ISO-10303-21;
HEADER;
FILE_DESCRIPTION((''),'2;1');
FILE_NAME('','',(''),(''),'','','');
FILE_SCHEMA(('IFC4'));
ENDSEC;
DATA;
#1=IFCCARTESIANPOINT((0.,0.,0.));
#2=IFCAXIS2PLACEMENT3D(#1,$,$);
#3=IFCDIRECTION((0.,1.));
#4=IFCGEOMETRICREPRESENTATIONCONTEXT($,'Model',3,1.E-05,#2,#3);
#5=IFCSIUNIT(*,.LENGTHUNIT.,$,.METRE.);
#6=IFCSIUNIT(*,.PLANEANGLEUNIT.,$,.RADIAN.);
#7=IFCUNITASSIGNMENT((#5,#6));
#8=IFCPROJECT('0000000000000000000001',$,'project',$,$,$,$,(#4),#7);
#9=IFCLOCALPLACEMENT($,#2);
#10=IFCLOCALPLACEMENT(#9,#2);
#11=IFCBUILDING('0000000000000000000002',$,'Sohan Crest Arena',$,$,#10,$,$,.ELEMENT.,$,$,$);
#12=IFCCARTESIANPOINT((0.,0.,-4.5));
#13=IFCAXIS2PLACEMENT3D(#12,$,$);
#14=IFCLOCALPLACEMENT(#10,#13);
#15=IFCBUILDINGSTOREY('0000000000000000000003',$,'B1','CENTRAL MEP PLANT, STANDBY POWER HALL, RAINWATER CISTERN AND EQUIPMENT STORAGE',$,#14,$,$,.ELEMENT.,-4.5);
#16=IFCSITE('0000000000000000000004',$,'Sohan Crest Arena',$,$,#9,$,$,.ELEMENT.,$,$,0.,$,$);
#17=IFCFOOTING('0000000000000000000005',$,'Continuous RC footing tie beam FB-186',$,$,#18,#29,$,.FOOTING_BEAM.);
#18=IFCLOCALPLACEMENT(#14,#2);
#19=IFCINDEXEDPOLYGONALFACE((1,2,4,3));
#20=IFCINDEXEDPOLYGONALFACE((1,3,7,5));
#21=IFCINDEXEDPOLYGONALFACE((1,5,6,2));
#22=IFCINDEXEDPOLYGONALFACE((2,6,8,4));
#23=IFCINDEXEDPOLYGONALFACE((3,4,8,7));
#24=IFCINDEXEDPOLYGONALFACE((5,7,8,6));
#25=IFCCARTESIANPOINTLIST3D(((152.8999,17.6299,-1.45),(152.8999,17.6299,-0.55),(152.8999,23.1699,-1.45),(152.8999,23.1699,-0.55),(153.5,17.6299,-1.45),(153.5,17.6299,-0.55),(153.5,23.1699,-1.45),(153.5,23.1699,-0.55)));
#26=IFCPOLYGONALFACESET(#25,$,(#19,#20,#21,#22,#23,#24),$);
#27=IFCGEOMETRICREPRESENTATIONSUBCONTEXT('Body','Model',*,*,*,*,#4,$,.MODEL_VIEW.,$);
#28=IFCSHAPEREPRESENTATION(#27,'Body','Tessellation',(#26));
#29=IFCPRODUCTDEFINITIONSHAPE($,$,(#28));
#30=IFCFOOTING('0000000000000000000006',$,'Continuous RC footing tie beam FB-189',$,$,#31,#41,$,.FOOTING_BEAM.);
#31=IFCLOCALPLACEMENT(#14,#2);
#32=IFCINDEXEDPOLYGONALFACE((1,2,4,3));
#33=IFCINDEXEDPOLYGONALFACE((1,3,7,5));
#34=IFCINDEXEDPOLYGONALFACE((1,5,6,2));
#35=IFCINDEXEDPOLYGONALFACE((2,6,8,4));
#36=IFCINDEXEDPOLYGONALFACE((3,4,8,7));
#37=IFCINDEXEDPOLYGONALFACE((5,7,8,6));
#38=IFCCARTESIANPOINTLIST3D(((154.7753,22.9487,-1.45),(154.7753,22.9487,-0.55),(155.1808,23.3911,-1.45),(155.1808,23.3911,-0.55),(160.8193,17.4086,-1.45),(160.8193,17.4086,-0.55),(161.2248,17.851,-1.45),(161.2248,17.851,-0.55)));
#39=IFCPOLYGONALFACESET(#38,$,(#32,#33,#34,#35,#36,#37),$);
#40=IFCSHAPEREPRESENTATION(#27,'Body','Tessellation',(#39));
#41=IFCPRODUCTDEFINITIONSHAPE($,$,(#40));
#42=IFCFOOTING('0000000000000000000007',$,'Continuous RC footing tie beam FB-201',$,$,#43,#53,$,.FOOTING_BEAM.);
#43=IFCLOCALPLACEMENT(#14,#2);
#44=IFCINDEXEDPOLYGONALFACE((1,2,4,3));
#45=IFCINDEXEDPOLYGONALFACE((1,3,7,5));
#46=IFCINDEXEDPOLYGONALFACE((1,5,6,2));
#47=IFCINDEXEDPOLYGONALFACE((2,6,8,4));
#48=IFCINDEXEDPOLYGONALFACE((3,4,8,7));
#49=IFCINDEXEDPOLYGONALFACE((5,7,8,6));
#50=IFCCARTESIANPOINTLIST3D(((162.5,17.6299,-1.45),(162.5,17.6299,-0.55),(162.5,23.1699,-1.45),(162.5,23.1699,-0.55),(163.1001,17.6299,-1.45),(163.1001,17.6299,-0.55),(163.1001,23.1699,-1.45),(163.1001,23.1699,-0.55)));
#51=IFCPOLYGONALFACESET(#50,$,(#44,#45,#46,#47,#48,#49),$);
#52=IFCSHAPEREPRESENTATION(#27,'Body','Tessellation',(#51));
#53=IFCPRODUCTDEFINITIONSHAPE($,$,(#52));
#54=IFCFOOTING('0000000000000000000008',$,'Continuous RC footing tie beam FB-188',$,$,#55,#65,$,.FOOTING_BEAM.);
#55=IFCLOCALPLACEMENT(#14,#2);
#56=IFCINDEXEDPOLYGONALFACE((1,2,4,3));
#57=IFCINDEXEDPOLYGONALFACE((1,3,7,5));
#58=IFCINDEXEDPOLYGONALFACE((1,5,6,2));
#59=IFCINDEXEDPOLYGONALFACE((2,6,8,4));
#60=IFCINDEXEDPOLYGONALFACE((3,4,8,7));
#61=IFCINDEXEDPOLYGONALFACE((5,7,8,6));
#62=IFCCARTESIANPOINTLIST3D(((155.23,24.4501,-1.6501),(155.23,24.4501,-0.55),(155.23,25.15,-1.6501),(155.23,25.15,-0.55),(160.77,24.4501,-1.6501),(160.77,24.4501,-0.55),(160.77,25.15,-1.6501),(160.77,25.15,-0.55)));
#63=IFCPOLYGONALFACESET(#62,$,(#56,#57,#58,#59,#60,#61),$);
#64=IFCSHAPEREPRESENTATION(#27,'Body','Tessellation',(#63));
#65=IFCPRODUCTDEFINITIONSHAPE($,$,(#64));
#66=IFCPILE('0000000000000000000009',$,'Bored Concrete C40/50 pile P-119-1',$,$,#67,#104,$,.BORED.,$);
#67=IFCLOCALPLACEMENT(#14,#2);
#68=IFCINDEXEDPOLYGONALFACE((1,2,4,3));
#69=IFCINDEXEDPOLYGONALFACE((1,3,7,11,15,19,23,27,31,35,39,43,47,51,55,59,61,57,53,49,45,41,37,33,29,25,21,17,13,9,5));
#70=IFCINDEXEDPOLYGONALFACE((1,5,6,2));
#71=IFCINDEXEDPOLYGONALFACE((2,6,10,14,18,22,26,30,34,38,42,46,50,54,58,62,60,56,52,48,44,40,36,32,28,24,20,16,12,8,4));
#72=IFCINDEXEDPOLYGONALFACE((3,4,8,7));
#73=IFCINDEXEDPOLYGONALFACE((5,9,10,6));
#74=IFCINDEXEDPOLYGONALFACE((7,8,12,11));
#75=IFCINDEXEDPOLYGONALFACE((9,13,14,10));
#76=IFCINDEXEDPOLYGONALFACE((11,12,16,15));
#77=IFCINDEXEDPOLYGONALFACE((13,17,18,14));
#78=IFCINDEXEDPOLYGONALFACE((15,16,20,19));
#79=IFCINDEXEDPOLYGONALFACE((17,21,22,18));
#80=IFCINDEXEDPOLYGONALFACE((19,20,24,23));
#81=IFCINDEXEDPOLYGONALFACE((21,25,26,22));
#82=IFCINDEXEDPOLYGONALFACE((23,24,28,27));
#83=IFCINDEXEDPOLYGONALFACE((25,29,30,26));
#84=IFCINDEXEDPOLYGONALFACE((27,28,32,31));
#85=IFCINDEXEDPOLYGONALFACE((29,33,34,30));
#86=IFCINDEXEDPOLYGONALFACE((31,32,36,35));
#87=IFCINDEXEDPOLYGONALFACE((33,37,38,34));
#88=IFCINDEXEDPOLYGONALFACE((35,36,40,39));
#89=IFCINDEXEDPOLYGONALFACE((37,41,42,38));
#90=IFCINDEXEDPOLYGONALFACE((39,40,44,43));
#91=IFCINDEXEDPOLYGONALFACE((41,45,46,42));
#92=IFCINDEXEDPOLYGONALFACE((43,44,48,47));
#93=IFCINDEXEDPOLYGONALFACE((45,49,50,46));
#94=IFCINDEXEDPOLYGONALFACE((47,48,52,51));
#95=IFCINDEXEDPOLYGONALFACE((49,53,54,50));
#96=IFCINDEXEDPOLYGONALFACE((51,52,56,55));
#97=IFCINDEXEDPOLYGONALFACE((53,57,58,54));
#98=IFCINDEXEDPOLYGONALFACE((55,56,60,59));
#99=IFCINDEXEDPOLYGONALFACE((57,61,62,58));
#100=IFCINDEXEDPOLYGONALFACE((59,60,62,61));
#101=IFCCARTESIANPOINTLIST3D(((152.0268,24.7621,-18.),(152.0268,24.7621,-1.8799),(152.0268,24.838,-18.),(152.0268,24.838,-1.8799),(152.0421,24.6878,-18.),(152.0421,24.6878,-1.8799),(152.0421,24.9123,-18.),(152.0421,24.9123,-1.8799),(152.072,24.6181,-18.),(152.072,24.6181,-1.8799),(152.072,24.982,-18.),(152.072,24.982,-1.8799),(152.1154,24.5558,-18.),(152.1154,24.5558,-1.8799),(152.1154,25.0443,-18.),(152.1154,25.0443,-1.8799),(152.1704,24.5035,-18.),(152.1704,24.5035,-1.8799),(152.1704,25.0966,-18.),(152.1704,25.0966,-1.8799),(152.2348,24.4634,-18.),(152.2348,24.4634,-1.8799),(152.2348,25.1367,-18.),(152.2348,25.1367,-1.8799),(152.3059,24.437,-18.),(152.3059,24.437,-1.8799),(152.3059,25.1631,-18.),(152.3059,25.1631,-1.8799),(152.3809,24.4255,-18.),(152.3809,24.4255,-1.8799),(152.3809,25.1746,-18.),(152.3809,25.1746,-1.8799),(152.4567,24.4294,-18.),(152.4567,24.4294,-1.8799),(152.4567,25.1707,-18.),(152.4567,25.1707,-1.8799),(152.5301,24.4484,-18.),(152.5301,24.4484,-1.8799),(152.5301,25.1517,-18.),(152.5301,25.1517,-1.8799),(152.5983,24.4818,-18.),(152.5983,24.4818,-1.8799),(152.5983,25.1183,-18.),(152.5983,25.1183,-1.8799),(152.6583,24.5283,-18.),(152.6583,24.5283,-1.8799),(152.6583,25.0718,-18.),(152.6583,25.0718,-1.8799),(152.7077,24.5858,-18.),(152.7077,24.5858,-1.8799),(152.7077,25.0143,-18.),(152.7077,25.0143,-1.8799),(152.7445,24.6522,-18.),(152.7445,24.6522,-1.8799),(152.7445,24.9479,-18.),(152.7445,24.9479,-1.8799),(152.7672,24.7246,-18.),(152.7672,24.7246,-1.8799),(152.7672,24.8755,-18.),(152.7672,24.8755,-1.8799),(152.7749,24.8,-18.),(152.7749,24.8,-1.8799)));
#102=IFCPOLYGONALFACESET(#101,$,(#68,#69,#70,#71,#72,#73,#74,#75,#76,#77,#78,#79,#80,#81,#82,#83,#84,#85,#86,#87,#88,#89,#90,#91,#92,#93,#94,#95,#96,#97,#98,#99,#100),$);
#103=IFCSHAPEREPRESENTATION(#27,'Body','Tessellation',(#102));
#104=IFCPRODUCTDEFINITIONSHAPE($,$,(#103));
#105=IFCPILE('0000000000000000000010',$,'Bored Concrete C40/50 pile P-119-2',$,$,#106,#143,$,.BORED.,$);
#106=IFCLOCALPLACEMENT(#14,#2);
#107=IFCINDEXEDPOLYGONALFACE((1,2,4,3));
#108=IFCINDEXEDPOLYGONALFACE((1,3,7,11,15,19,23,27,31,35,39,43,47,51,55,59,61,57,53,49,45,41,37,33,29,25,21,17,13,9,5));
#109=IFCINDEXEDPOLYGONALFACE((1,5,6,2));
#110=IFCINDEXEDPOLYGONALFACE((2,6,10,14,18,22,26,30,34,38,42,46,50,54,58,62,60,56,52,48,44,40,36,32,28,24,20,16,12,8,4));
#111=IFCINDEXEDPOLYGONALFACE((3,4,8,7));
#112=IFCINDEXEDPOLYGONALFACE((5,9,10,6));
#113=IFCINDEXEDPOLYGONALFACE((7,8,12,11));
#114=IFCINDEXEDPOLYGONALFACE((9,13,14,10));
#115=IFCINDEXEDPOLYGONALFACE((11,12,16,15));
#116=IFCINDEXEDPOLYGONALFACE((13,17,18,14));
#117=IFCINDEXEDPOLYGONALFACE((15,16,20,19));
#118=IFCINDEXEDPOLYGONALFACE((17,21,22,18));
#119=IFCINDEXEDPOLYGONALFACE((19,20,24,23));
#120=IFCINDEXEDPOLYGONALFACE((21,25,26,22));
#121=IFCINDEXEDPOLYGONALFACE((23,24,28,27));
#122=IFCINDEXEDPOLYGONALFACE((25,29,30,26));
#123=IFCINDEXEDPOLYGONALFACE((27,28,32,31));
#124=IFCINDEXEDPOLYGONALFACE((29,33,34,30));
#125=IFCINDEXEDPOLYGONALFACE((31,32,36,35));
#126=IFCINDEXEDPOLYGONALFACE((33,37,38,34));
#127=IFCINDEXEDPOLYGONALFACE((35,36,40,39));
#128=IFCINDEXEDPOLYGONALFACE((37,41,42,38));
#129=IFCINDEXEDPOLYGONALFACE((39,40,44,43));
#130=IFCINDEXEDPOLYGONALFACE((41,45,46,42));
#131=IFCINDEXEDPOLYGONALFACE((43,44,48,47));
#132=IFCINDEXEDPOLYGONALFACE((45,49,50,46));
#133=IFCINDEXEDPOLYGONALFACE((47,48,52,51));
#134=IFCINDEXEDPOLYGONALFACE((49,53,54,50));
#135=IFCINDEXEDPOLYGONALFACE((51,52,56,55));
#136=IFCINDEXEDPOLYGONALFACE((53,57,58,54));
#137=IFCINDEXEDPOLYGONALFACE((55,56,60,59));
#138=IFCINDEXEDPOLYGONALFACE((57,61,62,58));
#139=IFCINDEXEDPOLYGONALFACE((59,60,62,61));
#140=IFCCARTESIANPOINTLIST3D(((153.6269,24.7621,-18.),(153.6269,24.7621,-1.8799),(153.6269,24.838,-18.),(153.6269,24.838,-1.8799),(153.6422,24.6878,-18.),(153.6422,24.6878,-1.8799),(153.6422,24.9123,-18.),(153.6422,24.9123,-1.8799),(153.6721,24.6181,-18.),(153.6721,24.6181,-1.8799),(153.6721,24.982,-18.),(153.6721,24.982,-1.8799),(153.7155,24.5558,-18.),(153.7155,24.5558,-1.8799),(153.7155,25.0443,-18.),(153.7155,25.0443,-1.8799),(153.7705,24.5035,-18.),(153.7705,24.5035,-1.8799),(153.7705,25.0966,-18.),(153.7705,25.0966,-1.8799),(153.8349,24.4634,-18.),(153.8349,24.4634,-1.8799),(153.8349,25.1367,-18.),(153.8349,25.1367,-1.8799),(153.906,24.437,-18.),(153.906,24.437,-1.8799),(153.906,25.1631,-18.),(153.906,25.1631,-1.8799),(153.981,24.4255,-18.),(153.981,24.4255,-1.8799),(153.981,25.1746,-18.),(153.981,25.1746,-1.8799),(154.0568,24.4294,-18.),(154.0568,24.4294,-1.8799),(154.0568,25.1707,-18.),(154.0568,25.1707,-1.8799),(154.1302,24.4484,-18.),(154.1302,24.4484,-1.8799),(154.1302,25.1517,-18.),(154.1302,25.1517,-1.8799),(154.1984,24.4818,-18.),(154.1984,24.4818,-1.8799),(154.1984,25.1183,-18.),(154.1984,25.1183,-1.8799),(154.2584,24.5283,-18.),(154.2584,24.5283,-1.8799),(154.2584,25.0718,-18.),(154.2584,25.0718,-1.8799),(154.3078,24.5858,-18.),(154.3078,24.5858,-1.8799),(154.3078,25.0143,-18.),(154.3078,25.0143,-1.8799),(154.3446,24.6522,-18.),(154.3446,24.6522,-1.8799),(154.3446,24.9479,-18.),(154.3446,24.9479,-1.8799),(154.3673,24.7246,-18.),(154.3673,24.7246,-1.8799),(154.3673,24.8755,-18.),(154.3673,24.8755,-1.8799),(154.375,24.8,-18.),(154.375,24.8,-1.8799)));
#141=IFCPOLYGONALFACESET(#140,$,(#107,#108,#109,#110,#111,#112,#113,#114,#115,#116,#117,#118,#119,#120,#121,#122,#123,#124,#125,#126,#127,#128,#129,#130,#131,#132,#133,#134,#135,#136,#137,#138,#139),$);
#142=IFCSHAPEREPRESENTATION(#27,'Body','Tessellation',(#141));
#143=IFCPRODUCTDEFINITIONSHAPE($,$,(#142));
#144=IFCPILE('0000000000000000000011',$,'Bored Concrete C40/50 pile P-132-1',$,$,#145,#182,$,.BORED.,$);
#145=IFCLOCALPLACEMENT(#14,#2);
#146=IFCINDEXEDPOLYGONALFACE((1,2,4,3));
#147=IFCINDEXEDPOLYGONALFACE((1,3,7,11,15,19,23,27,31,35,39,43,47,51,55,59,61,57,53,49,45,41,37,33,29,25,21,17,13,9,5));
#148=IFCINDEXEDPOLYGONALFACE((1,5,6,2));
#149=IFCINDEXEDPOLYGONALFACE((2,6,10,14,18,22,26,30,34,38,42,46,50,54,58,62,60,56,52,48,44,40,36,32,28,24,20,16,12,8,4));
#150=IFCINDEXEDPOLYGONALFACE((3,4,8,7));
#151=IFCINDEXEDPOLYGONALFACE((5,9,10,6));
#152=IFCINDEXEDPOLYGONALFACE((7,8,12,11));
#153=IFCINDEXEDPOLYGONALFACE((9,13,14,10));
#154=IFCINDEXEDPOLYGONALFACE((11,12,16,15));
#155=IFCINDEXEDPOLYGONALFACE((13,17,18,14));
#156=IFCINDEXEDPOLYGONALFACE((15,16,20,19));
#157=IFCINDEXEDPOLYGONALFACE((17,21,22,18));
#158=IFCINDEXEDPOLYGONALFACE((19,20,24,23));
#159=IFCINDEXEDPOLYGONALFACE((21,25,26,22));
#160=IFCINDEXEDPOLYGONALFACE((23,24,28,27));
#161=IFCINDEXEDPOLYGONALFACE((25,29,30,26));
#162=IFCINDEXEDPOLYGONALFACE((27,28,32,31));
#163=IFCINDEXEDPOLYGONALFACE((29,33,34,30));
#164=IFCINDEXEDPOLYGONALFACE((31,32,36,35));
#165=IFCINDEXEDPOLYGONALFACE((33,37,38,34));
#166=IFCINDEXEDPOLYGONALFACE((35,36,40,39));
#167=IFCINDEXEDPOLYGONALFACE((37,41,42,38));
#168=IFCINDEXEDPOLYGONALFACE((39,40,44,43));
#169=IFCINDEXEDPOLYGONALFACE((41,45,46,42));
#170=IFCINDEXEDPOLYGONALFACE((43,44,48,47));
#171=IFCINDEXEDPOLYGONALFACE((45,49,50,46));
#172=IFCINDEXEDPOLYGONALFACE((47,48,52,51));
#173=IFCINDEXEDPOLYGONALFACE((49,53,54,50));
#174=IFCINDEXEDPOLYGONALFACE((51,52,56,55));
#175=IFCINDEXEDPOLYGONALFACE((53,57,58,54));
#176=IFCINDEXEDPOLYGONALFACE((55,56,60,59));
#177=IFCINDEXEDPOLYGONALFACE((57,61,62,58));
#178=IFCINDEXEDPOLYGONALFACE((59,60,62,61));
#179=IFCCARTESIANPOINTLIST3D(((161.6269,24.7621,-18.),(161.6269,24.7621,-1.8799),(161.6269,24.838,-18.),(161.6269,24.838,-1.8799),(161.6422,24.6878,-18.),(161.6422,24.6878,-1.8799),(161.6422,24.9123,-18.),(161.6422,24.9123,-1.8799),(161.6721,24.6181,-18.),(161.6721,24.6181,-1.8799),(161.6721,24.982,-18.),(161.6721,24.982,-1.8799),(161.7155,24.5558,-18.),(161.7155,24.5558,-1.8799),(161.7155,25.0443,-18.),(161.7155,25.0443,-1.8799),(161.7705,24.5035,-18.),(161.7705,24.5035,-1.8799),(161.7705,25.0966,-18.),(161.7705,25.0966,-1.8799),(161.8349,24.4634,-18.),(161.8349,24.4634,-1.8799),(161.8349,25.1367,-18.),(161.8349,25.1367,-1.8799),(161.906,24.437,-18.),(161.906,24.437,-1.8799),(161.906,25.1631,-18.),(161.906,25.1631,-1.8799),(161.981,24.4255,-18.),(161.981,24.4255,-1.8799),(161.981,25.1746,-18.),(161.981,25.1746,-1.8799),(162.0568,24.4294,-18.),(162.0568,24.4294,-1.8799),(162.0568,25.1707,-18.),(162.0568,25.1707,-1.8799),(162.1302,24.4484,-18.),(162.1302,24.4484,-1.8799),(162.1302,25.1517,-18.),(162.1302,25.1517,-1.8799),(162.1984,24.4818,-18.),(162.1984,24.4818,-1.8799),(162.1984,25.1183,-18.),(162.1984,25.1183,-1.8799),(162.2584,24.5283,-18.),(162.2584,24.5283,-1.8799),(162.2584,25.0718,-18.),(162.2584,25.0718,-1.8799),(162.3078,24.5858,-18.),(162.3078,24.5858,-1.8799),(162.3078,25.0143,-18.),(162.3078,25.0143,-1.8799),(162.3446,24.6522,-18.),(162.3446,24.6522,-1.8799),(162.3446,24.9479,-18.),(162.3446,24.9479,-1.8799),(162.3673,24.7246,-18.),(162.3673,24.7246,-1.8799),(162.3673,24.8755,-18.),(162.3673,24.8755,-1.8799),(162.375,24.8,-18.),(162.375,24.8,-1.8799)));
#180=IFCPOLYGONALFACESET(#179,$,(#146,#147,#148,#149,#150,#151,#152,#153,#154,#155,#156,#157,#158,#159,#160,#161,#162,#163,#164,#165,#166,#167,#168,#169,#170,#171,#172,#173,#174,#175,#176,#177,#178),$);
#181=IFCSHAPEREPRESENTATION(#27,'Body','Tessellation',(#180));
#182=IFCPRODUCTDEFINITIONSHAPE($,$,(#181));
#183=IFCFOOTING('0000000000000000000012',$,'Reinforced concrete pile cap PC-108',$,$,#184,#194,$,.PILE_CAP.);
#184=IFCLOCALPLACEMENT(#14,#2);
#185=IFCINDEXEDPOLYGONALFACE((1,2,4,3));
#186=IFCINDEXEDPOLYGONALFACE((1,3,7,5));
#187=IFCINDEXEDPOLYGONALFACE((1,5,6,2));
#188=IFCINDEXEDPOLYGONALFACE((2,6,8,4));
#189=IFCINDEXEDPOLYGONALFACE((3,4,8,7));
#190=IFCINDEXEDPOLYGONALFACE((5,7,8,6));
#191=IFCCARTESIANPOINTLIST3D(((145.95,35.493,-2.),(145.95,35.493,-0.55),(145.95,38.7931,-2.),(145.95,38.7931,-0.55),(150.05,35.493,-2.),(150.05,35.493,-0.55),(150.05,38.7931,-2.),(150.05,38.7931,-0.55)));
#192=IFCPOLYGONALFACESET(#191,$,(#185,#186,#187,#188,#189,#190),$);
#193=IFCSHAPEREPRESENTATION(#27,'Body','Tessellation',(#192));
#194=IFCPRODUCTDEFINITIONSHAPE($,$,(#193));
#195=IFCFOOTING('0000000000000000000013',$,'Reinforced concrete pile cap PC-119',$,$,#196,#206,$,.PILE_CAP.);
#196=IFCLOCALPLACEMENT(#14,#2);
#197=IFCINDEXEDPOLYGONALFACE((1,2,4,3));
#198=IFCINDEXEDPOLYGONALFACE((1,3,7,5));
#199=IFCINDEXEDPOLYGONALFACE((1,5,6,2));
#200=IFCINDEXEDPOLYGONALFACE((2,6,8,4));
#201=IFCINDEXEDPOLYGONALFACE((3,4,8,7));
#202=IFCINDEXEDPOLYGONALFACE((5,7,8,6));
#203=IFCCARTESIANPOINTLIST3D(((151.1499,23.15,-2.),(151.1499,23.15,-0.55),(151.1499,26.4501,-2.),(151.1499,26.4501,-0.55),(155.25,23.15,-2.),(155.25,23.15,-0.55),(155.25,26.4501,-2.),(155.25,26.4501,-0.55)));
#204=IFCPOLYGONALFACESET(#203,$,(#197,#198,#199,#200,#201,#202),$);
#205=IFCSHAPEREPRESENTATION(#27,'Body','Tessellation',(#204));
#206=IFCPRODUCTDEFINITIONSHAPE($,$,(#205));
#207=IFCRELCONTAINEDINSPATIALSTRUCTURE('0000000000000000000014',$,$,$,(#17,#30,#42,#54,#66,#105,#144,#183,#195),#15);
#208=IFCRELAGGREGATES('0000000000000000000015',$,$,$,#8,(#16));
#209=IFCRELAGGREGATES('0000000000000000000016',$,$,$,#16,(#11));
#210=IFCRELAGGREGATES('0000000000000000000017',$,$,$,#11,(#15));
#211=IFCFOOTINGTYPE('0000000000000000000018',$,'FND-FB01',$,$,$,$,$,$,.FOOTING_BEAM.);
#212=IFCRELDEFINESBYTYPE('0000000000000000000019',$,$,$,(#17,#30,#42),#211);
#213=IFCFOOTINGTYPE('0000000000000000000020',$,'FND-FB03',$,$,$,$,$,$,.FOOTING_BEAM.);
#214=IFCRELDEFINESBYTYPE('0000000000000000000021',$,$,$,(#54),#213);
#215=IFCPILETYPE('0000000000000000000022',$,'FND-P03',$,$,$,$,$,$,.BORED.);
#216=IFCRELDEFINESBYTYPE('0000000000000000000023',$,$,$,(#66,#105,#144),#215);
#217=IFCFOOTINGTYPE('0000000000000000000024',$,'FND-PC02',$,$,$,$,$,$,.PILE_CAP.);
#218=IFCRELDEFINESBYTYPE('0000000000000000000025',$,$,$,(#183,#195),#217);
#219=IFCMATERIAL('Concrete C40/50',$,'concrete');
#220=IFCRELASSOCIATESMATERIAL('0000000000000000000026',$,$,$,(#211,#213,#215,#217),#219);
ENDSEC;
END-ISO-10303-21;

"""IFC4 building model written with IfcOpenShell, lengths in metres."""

from ifc_helpers import new_model, si_unit, direction, frame, origin, origin_2d, place, context, subcontext, project, spatial, rectangle, circle, extrude, material, material_profile, profile_set, type_object, element, save


model = new_model("IFC4")

# Units and contexts
model_context = context("Model", 3, precision=1e-05, world=origin(), true_north=direction((0.0, 1.0)))
body_context = subcontext(model_context, "Body", "Model", "MODEL_VIEW")
ifc_project = project(units=[si_unit("LENGTHUNIT", "METRE"), si_unit("PLANEANGLEUNIT", "RADIAN")], contexts=[model_context])

# Site, building, storey
site_placement = place(None, origin())
site = spatial("IfcSite", under=ifc_project, at=site_placement, Name="Sohan Crest Arena", CompositionType="ELEMENT", RefElevation=0.0)
building_placement = place(site_placement, origin())
building = spatial("IfcBuilding", under=site, at=building_placement, Name="Sohan Crest Arena", CompositionType="ELEMENT")
storey_placement = place(building_placement, frame((0.0, 0.0, -4.5)))
storey = spatial("IfcBuildingStorey", under=building, at=storey_placement, Name="B1", Description="CENTRAL MEP PLANT, STANDBY POWER HALL, RAINWATER CISTERN AND EQUIPMENT STORAGE", CompositionType="ELEMENT", Elevation=-4.5)

# Footings
ifc_material_1 = material(Name="Concrete C40/50", Category="concrete")
ifc_material_profile_1 = material_profile(ifc_material_1, rectangle(XDim=0.6001, YDim=0.8999, at=origin_2d()), Name="RC-FB 600x900")
ifc_profile_set_1 = profile_set([ifc_material_profile_1], Name="Concrete C40/50")
footing_type_1 = type_object("IfcFootingType", Name="FND-FB01", PredefinedType="FOOTING_BEAM", material=ifc_profile_set_1)
footing_1_placement = place(storey_placement, frame((153.2, 17.6299, -1.0), z_axis=(0.0, 1.0, 0.0), x_axis=(-1.0, 0.0, 0.0)))
element("IfcFooting", 1, at=footing_1_placement, inside=storey, type_object=footing_type_1, Name="Continuous RC footing tie beam FB-186", PredefinedType="FOOTING_BEAM", context=body_context, shape_type="SweptSolid", body=[
    extrude(rectangle(XDim=0.6001, YDim=0.8999, at=origin_2d()), origin(), (0.0, 0.0, 1.0), 5.54),
])
footing_2_placement = place(storey_placement, frame((154.978, 23.1699, -1.0), z_axis=(0.737169, -0.675708, 0.0), x_axis=(0.675708, 0.737169, 0.0)))
element("IfcFooting", 2, at=footing_2_placement, inside=storey, type_object=footing_type_1, Name="Continuous RC footing tie beam FB-189", PredefinedType="FOOTING_BEAM", context=body_context, shape_type="SweptSolid", body=[
    extrude(rectangle(XDim=0.6001, YDim=0.8999, at=origin_2d()), origin(), (0.0, 0.0, 1.0), 8.199),
])
footing_3_placement = place(storey_placement, frame((162.8, 17.6299, -1.0), z_axis=(0.0, 1.0, 0.0), x_axis=(-1.0, 0.0, 0.0)))
element("IfcFooting", 3, at=footing_3_placement, inside=storey, type_object=footing_type_1, Name="Continuous RC footing tie beam FB-201", PredefinedType="FOOTING_BEAM", context=body_context, shape_type="SweptSolid", body=[
    extrude(rectangle(XDim=0.6001, YDim=0.8999, at=origin_2d()), origin(), (0.0, 0.0, 1.0), 5.54),
])
ifc_material_profile_2 = material_profile(ifc_material_1, rectangle(XDim=0.7, YDim=1.1001, at=origin_2d()), Name="RC-FB 700x1100")
ifc_profile_set_2 = profile_set([ifc_material_profile_2], Name="Concrete C40/50")
footing_type_2 = type_object("IfcFootingType", Name="FND-FB03", PredefinedType="FOOTING_BEAM", material=ifc_profile_set_2)
footing_4_placement = place(storey_placement, frame((155.23, 24.8, -1.1001), z_axis=(1.0, 0.0, 0.0), x_axis=(0.0, 1.0, 0.0)))
element("IfcFooting", 4, at=footing_4_placement, inside=storey, type_object=footing_type_2, Name="Continuous RC footing tie beam FB-188", PredefinedType="FOOTING_BEAM", context=body_context, shape_type="SweptSolid", body=[
    extrude(rectangle(XDim=0.7, YDim=1.1001, at=origin_2d()), origin(), (0.0, 0.0, 1.0), 5.54),
])

# Piles
ifc_material_profile_3 = material_profile(ifc_material_1, circle(Radius=0.375, at=origin_2d()), Name="PILE D750")
ifc_profile_set_3 = profile_set([ifc_material_profile_3], Name="Concrete C40/50")
pile_type = type_object("IfcPileType", Name="FND-P03", PredefinedType="BORED", material=ifc_profile_set_3)
for number, where, z_axis, x_axis, name in (
    (5, (152.3999, 24.8, -18.0), (0.0, 0.0, 1.0), (1.0, 0.0, 0.0), "Bored Concrete C40/50 pile P-119-1"),
    (6, (154.0, 24.8, -18.0), (0.0, 0.0, 1.0), (1.0, 0.0, 0.0), "Bored Concrete C40/50 pile P-119-2"),
    (7, (162.0, 24.8, -18.0), (0.0, 0.0, 1.0), (1.0, 0.0, 0.0), "Bored Concrete C40/50 pile P-132-1"),
):
    element("IfcPile", number, at=place(storey_placement, frame(where, z_axis=z_axis, x_axis=x_axis)), inside=storey, type_object=pile_type, Name=name, PredefinedType="BORED", context=body_context, shape_type="SweptSolid", body=[
        extrude(circle(Radius=0.375, at=origin_2d()), origin(), (0.0, 0.0, 1.0), 16.1201),
    ])

# Footings
footing_type_3 = type_object("IfcFootingType", Name="FND-PC02", PredefinedType="PILE_CAP", material=ifc_material_1)
for number, where, z_axis, x_axis, name in (
    (8, (148.0, 37.1431, -2.0), (0.0, 0.0, 1.0), (1.0, 0.0, 0.0), "Reinforced concrete pile cap PC-108"),
    (9, (153.2, 24.8, -2.0), (0.0, 0.0, 1.0), (1.0, 0.0, 0.0), "Reinforced concrete pile cap PC-119"),
):
    element("IfcFooting", number, at=place(storey_placement, frame(where, z_axis=z_axis, x_axis=x_axis)), inside=storey, type_object=footing_type_3, Name=name, PredefinedType="PILE_CAP", context=body_context, shape_type="SweptSolid", body=[
        extrude(rectangle(XDim=4.1001, YDim=3.3, at=origin_2d()), origin(), (0.0, 0.0, 1.0), 1.45),
    ])

save(model, "model.ifc")
